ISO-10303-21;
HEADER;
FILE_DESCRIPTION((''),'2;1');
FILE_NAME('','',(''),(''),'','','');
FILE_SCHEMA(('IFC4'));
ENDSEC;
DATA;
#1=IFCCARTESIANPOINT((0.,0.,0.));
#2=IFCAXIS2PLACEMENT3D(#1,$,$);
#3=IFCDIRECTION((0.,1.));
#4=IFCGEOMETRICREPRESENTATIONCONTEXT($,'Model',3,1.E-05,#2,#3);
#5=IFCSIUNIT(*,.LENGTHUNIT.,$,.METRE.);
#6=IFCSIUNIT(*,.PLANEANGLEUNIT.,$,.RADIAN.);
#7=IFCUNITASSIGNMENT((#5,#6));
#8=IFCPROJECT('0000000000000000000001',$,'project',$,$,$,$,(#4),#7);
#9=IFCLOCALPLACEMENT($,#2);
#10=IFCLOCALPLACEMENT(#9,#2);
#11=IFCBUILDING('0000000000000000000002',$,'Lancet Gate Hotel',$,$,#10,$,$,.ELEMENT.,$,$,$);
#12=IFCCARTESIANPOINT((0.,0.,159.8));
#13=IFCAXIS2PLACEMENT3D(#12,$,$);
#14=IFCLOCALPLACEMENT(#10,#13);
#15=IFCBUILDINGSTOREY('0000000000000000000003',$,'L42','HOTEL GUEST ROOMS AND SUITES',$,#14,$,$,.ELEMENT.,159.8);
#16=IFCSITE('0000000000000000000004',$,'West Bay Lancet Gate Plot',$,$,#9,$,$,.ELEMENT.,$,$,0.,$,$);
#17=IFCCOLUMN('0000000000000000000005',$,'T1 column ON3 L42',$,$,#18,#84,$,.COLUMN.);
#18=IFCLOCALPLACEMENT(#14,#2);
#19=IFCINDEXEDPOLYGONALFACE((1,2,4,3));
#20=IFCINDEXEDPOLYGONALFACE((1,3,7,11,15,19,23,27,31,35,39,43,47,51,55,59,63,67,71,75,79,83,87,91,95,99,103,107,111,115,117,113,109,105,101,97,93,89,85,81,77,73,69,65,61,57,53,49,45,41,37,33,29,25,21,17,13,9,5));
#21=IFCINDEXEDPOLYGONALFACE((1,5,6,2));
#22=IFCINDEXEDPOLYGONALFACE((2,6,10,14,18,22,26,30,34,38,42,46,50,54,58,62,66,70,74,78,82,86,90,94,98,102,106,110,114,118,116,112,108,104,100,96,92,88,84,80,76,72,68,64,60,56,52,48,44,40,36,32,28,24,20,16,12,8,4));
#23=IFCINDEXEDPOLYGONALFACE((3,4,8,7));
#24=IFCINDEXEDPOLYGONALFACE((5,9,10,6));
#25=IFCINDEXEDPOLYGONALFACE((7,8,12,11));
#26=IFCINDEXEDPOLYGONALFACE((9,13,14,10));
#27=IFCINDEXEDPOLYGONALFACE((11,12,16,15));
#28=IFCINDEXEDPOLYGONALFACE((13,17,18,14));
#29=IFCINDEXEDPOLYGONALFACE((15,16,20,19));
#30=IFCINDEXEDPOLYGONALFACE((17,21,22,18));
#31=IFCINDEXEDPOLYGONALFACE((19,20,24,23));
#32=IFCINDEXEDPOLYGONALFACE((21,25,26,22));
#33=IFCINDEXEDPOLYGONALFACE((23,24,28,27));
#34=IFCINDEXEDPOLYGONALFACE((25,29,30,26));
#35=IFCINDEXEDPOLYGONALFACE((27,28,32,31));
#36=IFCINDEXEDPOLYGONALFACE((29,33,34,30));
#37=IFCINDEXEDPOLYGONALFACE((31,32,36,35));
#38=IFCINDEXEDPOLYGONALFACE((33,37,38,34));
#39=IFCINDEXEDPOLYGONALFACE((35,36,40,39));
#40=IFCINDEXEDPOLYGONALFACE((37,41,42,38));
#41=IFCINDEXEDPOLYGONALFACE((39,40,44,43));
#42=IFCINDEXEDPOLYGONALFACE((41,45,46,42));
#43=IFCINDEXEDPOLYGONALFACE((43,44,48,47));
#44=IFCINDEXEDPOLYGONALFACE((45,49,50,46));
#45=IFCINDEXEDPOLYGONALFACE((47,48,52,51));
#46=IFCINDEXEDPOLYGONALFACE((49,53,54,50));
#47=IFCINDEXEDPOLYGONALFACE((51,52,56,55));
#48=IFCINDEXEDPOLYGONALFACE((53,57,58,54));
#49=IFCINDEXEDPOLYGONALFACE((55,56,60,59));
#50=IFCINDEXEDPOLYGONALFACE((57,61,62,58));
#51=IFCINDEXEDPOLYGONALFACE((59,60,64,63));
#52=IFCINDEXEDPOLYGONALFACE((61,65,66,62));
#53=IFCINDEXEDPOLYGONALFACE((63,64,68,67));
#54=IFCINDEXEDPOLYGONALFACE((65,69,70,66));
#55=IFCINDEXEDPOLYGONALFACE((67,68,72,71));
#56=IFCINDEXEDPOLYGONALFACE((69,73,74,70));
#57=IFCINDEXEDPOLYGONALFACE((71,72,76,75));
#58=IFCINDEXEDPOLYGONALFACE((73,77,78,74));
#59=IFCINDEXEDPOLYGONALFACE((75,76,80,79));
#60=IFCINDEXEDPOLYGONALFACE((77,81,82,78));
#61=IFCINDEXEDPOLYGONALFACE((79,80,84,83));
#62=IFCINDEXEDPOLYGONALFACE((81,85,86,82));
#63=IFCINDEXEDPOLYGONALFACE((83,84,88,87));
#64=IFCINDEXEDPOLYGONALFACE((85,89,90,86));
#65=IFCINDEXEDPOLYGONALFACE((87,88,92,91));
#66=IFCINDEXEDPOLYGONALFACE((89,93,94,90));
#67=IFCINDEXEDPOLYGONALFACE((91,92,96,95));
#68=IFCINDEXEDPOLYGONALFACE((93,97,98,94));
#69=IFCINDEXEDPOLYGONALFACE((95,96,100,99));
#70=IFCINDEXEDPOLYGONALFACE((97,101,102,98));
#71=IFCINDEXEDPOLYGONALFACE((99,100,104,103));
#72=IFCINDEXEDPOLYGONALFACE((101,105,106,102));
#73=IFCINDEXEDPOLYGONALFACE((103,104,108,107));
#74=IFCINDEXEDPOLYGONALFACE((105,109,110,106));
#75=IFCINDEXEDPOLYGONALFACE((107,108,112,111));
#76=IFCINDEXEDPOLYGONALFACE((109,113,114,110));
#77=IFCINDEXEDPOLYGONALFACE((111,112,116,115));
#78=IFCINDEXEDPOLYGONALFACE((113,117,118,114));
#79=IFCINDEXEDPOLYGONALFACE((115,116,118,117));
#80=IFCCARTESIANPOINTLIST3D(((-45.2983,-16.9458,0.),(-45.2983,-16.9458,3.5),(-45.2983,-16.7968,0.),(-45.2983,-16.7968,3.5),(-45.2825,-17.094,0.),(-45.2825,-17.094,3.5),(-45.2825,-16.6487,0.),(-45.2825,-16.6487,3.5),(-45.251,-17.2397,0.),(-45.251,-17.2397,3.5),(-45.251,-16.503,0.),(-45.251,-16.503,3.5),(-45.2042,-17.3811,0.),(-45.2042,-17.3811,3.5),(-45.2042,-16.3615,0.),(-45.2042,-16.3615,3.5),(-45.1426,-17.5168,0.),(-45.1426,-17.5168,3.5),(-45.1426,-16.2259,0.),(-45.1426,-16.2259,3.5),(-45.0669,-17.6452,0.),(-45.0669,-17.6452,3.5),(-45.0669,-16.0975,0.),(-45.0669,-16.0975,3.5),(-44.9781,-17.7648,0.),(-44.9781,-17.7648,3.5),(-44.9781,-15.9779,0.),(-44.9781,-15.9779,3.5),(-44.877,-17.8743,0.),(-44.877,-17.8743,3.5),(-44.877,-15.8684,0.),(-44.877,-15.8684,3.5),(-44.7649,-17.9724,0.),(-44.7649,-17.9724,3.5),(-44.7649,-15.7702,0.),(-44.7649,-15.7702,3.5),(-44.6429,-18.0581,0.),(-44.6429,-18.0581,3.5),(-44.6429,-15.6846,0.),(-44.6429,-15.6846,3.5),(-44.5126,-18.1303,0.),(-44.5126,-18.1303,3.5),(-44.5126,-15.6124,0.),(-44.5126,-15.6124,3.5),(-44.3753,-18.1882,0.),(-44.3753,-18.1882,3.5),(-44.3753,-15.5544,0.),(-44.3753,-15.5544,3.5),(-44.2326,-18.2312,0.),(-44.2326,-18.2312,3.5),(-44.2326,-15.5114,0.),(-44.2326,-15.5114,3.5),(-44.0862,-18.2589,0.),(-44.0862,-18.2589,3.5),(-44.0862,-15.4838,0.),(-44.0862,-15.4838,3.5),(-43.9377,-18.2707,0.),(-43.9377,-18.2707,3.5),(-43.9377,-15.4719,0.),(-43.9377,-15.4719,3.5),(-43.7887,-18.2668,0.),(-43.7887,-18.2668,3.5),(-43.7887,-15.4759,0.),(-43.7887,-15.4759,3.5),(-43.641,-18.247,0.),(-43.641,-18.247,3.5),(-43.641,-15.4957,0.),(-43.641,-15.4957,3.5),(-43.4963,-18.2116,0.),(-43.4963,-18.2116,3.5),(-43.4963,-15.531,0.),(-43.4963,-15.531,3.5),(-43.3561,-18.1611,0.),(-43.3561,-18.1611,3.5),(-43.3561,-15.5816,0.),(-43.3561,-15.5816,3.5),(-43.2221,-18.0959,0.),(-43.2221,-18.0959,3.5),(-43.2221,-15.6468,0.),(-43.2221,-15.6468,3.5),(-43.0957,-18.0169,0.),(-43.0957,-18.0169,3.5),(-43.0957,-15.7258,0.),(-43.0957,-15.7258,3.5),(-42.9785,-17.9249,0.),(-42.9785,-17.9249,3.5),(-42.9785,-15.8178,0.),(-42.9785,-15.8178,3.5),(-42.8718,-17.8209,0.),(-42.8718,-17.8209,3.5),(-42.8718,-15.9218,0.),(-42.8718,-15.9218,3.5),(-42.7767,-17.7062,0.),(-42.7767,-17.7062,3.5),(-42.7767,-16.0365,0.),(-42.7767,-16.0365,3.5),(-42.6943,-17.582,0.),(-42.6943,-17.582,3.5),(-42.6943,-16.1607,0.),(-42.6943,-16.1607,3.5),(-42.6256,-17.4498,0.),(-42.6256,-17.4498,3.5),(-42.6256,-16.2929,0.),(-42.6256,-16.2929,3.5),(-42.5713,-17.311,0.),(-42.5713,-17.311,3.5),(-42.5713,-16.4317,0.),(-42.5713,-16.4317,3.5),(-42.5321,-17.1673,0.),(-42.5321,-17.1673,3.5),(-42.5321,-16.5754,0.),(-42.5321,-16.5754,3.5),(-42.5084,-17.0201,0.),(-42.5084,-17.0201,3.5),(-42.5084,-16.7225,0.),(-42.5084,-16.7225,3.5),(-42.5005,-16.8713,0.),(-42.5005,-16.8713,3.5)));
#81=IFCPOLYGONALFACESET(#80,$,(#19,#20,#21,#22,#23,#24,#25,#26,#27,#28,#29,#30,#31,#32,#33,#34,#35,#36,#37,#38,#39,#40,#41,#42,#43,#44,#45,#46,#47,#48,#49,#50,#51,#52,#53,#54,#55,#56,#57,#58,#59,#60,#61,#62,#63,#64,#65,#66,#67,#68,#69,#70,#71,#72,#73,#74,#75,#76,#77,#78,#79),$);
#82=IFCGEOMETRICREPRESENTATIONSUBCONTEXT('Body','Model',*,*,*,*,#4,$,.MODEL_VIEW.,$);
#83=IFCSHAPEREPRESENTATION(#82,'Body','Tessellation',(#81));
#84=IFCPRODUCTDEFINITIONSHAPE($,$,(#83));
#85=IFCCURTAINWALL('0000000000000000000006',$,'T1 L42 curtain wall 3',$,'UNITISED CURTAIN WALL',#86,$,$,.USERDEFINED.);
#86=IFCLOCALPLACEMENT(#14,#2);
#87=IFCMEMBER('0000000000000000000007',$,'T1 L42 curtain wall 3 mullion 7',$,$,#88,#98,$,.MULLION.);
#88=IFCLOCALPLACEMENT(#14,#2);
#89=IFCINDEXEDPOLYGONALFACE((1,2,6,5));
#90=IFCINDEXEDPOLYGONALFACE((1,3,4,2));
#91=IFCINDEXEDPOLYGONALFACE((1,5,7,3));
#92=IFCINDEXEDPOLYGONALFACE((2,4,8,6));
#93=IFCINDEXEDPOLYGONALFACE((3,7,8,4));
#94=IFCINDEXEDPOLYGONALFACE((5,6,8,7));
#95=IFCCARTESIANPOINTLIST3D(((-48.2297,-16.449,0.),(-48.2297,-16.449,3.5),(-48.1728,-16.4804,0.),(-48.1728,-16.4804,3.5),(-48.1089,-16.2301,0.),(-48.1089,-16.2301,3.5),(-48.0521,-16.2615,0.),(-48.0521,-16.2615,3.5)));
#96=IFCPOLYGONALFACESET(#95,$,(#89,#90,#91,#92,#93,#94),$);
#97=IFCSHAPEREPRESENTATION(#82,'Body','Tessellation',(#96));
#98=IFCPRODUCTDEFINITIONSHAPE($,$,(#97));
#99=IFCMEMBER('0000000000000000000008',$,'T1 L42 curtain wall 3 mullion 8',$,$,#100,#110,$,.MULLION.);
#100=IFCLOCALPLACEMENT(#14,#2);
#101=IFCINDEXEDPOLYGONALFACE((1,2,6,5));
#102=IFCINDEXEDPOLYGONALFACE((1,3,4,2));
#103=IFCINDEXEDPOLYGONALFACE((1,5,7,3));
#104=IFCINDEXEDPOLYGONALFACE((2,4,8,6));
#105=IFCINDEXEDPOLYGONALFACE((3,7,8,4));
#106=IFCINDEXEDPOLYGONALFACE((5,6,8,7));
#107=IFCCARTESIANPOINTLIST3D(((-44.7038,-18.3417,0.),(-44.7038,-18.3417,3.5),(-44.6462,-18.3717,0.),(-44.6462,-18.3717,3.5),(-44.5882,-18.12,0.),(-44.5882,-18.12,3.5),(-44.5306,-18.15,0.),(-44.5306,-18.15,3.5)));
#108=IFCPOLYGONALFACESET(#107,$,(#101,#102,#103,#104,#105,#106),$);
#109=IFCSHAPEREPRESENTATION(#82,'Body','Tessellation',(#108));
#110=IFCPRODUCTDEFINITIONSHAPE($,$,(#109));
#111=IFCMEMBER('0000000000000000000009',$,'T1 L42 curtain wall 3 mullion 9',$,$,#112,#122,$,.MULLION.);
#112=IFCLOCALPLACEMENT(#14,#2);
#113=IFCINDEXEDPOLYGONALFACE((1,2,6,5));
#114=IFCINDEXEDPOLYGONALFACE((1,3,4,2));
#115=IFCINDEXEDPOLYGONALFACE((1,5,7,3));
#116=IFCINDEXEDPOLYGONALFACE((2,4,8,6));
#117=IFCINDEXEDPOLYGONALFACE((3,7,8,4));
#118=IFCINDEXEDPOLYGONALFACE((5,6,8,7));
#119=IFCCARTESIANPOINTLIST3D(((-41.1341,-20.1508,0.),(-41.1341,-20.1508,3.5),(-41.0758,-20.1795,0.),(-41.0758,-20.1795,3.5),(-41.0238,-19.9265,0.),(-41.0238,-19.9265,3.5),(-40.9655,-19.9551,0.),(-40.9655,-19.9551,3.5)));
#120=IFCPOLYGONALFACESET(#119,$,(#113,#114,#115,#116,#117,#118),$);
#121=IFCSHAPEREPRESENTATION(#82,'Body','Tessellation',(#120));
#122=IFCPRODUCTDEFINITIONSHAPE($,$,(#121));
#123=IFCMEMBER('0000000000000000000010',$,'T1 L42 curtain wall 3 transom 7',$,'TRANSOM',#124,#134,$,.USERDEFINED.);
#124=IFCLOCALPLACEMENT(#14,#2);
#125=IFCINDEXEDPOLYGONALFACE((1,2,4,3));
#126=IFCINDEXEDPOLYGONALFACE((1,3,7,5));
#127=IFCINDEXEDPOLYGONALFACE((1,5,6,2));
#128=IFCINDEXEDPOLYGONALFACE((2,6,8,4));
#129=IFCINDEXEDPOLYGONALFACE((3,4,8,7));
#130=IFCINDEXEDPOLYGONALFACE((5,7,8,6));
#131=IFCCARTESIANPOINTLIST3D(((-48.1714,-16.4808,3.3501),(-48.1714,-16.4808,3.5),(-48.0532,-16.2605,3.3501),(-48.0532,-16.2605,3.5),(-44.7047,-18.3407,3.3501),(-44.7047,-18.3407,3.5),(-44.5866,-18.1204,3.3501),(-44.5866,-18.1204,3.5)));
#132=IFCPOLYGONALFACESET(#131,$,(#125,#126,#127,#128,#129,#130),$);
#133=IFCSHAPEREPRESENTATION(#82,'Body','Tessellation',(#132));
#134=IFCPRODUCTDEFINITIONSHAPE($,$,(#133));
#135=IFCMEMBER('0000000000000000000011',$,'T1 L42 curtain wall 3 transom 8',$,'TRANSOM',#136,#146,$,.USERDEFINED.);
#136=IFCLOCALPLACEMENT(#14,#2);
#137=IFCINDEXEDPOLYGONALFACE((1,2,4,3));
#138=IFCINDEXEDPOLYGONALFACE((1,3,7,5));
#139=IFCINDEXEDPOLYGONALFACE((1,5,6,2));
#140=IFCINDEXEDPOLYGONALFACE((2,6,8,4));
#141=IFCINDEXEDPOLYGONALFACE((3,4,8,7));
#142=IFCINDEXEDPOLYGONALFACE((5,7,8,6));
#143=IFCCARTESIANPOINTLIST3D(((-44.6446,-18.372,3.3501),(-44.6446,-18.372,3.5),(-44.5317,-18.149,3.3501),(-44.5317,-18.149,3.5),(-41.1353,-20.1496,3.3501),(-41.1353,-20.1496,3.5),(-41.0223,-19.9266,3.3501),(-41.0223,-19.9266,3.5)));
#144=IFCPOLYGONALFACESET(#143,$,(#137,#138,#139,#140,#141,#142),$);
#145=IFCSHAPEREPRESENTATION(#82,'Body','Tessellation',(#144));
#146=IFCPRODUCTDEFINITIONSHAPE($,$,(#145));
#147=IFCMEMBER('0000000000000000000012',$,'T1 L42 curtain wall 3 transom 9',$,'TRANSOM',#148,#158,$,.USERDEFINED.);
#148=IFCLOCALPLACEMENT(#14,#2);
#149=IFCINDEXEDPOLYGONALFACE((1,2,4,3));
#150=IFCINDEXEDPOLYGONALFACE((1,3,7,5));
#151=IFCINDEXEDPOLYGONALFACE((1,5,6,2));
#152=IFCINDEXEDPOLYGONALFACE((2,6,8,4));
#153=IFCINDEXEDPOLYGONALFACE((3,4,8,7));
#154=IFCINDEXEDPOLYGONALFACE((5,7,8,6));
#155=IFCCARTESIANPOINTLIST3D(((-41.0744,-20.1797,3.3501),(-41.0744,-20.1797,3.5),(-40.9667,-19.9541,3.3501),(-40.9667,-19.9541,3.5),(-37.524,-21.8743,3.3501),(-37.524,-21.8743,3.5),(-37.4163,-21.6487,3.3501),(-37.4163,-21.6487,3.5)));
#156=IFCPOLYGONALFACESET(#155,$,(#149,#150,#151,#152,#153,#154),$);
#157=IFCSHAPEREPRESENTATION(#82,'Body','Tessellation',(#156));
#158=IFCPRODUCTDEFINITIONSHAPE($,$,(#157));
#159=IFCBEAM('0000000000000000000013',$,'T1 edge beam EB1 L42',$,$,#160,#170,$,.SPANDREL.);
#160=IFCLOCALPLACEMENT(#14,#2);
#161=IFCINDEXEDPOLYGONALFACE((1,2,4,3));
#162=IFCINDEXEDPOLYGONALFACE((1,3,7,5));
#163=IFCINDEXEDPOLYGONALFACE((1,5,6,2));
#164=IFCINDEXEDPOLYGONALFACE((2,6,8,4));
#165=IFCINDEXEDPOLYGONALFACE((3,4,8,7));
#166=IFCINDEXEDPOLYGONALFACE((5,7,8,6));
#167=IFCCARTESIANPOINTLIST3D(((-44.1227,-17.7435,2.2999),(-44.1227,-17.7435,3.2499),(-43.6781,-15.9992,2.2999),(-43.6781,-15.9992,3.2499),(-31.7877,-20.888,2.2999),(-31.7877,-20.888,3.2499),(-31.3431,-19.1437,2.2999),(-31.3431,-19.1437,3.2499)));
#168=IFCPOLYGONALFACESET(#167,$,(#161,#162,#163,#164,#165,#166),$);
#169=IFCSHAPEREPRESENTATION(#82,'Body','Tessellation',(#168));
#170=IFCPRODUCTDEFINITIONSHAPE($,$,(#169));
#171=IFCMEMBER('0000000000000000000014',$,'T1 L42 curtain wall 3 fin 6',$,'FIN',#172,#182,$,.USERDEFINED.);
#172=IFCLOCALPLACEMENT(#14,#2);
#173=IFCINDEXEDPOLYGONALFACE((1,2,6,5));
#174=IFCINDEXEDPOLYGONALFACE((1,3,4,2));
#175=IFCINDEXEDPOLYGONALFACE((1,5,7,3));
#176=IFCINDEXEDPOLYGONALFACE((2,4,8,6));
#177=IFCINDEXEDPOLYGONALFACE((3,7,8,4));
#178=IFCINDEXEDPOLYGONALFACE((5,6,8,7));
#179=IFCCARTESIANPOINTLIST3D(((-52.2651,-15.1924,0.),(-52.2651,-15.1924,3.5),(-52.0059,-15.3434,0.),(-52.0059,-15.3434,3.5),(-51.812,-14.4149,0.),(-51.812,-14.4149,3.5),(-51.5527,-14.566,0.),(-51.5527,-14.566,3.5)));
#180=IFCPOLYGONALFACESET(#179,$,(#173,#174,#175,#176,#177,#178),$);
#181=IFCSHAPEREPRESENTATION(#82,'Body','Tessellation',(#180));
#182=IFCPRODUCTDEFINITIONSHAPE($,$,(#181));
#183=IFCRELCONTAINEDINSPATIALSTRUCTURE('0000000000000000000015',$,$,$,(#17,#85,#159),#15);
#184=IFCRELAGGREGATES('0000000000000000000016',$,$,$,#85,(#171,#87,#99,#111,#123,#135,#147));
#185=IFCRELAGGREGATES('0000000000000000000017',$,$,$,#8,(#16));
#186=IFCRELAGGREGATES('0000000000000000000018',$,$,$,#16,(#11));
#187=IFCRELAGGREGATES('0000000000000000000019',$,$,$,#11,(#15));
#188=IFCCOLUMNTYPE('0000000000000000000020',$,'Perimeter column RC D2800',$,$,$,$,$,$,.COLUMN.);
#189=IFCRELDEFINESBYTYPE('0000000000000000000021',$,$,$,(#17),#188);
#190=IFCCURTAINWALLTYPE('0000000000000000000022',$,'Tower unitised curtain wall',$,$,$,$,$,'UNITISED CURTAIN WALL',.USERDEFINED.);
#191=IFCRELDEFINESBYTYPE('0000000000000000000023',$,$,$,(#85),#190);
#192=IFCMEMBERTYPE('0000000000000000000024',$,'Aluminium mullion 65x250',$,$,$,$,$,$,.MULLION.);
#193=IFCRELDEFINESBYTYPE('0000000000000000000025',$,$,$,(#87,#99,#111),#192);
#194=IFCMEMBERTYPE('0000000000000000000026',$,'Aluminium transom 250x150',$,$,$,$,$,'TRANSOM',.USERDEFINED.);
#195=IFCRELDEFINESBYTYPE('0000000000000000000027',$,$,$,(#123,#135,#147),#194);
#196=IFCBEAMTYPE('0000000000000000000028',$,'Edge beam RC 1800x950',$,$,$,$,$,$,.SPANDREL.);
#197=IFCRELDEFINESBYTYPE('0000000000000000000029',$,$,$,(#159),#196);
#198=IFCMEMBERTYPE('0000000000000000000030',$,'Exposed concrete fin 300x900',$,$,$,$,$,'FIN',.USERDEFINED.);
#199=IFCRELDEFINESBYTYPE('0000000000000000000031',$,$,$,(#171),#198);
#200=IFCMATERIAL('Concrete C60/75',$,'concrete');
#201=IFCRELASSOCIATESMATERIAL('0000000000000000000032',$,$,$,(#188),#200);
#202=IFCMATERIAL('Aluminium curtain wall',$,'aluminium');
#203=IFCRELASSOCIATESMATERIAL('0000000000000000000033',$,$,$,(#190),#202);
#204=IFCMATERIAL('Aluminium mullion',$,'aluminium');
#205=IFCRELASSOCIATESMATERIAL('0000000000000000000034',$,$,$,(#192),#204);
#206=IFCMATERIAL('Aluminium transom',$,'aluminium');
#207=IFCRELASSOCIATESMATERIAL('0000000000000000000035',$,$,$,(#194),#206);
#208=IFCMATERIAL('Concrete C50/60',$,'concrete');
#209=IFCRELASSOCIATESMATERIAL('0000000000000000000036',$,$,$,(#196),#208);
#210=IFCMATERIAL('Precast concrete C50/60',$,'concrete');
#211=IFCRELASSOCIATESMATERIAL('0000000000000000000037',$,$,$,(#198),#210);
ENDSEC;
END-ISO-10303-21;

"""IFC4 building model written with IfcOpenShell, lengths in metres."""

from ifc_helpers import new_model, si_unit, direction, frame, origin, origin_2d, place, context, subcontext, project, spatial, rectangle, circle, extrude, material, material_profile, profile_set, type_object, element, aggregate, save


model = new_model("IFC4")

# Units and contexts
model_context = context("Model", 3, precision=1e-05, world=origin(), true_north=direction((0.0, 1.0)))
body_context = subcontext(model_context, "Body", "Model", "MODEL_VIEW")
ifc_project = project(units=[si_unit("LENGTHUNIT", "METRE"), si_unit("PLANEANGLEUNIT", "RADIAN")], contexts=[model_context])

# Site, building, storey
site_placement = place(None, origin())
site = spatial("IfcSite", under=ifc_project, at=site_placement, Name="West Bay Lancet Gate Plot", CompositionType="ELEMENT", RefElevation=0.0)
building_placement = place(site_placement, origin())
building = spatial("IfcBuilding", under=site, at=building_placement, Name="Lancet Gate Hotel", CompositionType="ELEMENT")
storey_placement = place(building_placement, frame((0.0, 0.0, 159.8)))
storey = spatial("IfcBuildingStorey", under=building, at=storey_placement, Name="L42", Description="HOTEL GUEST ROOMS AND SUITES", CompositionType="ELEMENT", Elevation=159.8)

# Column
ifc_material_1 = material(Name="Concrete C60/75", Category="concrete")
ifc_material_profile_1 = material_profile(ifc_material_1, circle(Radius=1.3999, at=origin_2d()), Name="RC D2800")
ifc_profile_set_1 = profile_set([ifc_material_profile_1], Name="Concrete C60/75")
column_type = type_object("IfcColumnType", Name="Perimeter column RC D2800", PredefinedType="COLUMN", material=ifc_profile_set_1)
column_placement = place(storey_placement, frame((-43.9004, -16.8713, 0.0), z_axis=(0.0, 0.0, 1.0), x_axis=(1.0, 0.0, 0.0)))
element("IfcColumn", 1, at=column_placement, inside=storey, type_object=column_type, Name="T1 column ON3 L42", PredefinedType="COLUMN", context=body_context, shape_type="SweptSolid", body=[
    extrude(circle(Radius=1.3999, at=origin_2d()), origin(), (0.0, 0.0, 1.0), 3.5),
])

# Curtain wall, members
ifc_material_2 = material(Name="Aluminium curtain wall", Category="aluminium")
curtain_wall_type = type_object("IfcCurtainWallType", Name="Tower unitised curtain wall", ElementType="UNITISED CURTAIN WALL", PredefinedType="USERDEFINED", material=ifc_material_2)
curtain_wall_placement = place(storey_placement, origin())
curtain_wall = element("IfcCurtainWall", 2, at=curtain_wall_placement, inside=storey, type_object=curtain_wall_type, Name="T1 L42 curtain wall 3", ObjectType="UNITISED CURTAIN WALL", PredefinedType="USERDEFINED")
ifc_material_3 = material(Name="Aluminium mullion", Category="aluminium")
ifc_material_profile_2 = material_profile(ifc_material_3, rectangle(XDim=0.0649, YDim=0.25, at=origin_2d()), Name="MULLION 65x250")
ifc_profile_set_2 = profile_set([ifc_material_profile_2], Name="Aluminium mullion")
member_type_1 = type_object("IfcMemberType", Name="Aluminium mullion 65x250", PredefinedType="MULLION", material=ifc_profile_set_2)
member_1_placement = place(storey_placement, frame((-48.1409, -16.3552, 0.0), z_axis=(0.0, 0.0, 1.0), x_axis=(0.875574, -0.483084, 0.0)))
member_1 = element("IfcMember", 3, at=member_1_placement, type_object=member_type_1, Name="T1 L42 curtain wall 3 mullion 7", PredefinedType="MULLION", context=body_context, shape_type="SweptSolid", body=[
    extrude(rectangle(XDim=0.0649, YDim=0.25, at=origin_2d()), origin(), (0.0, 0.0, 1.0), 3.5),
])
member_2_placement = place(storey_placement, frame((-44.6172, -18.2458, 0.0), z_axis=(0.0, 0.0, 1.0), x_axis=(0.886694, -0.462356, 0.0)))
member_2 = element("IfcMember", 4, at=member_2_placement, type_object=member_type_1, Name="T1 L42 curtain wall 3 mullion 8", PredefinedType="MULLION", context=body_context, shape_type="SweptSolid", body=[
    extrude(rectangle(XDim=0.0649, YDim=0.25, at=origin_2d()), origin(), (0.0, 0.0, 1.0), 3.5),
])
member_3_placement = place(storey_placement, frame((-41.0498, -20.053, 0.0), z_axis=(0.0, 0.0, 1.0), x_axis=(0.897324, -0.441372, 0.0)))
member_3 = element("IfcMember", 5, at=member_3_placement, type_object=member_type_1, Name="T1 L42 curtain wall 3 mullion 9", PredefinedType="MULLION", context=body_context, shape_type="SweptSolid", body=[
    extrude(rectangle(XDim=0.0649, YDim=0.25, at=origin_2d()), origin(), (0.0, 0.0, 1.0), 3.5),
])
ifc_material_4 = material(Name="Aluminium transom", Category="aluminium")
ifc_material_profile_3 = material_profile(ifc_material_4, rectangle(XDim=0.25, YDim=0.1499, at=origin_2d()), Name="TRANSOM 250x150")
ifc_profile_set_3 = profile_set([ifc_material_profile_3], Name="Aluminium transom")
member_type_2 = type_object("IfcMemberType", Name="Aluminium transom 250x150", ElementType="TRANSOM", PredefinedType="USERDEFINED", material=ifc_profile_set_3)
member_4_placement = place(storey_placement, frame((-48.1123, -16.3706, 3.425), z_axis=(0.881185, -0.472771, 0.0), x_axis=(0.472771, 0.881185, 0.0)))
member_4 = element("IfcMember", 6, at=member_4_placement, type_object=member_type_2, Name="T1 L42 curtain wall 3 transom 7", ObjectType="TRANSOM", PredefinedType="USERDEFINED", context=body_context, shape_type="SweptSolid", body=[
    extrude(rectangle(XDim=0.25, YDim=0.1499, at=origin_2d()), origin(), (0.0, 0.0, 1.0), 3.9341),
])
member_5_placement = place(storey_placement, frame((-44.5881, -18.2605, 3.425), z_axis=(0.892081, -0.451875, 0.0), x_axis=(0.451875, 0.892081, 0.0)))
member_5 = element("IfcMember", 7, at=member_5_placement, type_object=member_type_2, Name="T1 L42 curtain wall 3 transom 8", ObjectType="TRANSOM", PredefinedType="USERDEFINED", context=body_context, shape_type="SweptSolid", body=[
    extrude(rectangle(XDim=0.25, YDim=0.1499, at=origin_2d()), origin(), (0.0, 0.0, 1.0), 3.9338),
])
member_6_placement = place(storey_placement, frame((-41.0205, -20.0669, 3.425), z_axis=(0.902469, -0.430755, 0.0), x_axis=(0.430755, 0.902469, 0.0)))
member_6 = element("IfcMember", 8, at=member_6_placement, type_object=member_type_2, Name="T1 L42 curtain wall 3 transom 9", ObjectType="TRANSOM", PredefinedType="USERDEFINED", context=body_context, shape_type="SweptSolid", body=[
    extrude(rectangle(XDim=0.25, YDim=0.1499, at=origin_2d()), origin(), (0.0, 0.0, 1.0), 3.9341),
])

# Beam
ifc_material_5 = material(Name="Concrete C50/60", Category="concrete")
ifc_material_profile_4 = material_profile(ifc_material_5, rectangle(XDim=1.8, YDim=0.95, at=origin_2d()), Name="RC 1800x950")
ifc_profile_set_4 = profile_set([ifc_material_profile_4], Name="Concrete C50/60")
beam_type = type_object("IfcBeamType", Name="Edge beam RC 1800x950", PredefinedType="SPANDREL", material=ifc_profile_set_4)
beam_placement = place(storey_placement, frame((-43.9004, -16.8713, 2.7749), z_axis=(0.969008, -0.247028, 0.0), x_axis=(0.247028, 0.969008, 0.0)))
element("IfcBeam", 9, at=beam_placement, inside=storey, type_object=beam_type, Name="T1 edge beam EB1 L42", PredefinedType="SPANDREL", context=body_context, shape_type="SweptSolid", body=[
    extrude(rectangle(XDim=1.8, YDim=0.95, at=origin_2d()), origin(), (0.0, 0.0, 1.0), 12.7295),
])

# Member
ifc_material_6 = material(Name="Precast concrete C50/60", Category="concrete")
ifc_material_profile_5 = material_profile(ifc_material_6, rectangle(XDim=0.3, YDim=0.8999, at=origin_2d()), Name="FIN 300x900")
ifc_profile_set_5 = profile_set([ifc_material_profile_5], Name="Precast concrete C50/60")
member_type_3 = type_object("IfcMemberType", Name="Exposed concrete fin 300x900", ElementType="FIN", PredefinedType="USERDEFINED", material=ifc_profile_set_5)
member_7_placement = place(storey_placement, frame((-51.9089, -14.8792, 0.0), z_axis=(0.0, 0.0, 1.0), x_axis=(0.863969, -0.503545, 0.0)))
member_7 = element("IfcMember", 10, at=member_7_placement, type_object=member_type_3, Name="T1 L42 curtain wall 3 fin 6", ObjectType="FIN", PredefinedType="USERDEFINED", context=body_context, shape_type="SweptSolid", body=[
    extrude(rectangle(XDim=0.3, YDim=0.8999, at=origin_2d()), origin(), (0.0, 0.0, 1.0), 3.5),
])

aggregate(curtain_wall, [member_7, member_1, member_2, member_3, member_4, member_5, member_6])

save(model, "model.ifc")
